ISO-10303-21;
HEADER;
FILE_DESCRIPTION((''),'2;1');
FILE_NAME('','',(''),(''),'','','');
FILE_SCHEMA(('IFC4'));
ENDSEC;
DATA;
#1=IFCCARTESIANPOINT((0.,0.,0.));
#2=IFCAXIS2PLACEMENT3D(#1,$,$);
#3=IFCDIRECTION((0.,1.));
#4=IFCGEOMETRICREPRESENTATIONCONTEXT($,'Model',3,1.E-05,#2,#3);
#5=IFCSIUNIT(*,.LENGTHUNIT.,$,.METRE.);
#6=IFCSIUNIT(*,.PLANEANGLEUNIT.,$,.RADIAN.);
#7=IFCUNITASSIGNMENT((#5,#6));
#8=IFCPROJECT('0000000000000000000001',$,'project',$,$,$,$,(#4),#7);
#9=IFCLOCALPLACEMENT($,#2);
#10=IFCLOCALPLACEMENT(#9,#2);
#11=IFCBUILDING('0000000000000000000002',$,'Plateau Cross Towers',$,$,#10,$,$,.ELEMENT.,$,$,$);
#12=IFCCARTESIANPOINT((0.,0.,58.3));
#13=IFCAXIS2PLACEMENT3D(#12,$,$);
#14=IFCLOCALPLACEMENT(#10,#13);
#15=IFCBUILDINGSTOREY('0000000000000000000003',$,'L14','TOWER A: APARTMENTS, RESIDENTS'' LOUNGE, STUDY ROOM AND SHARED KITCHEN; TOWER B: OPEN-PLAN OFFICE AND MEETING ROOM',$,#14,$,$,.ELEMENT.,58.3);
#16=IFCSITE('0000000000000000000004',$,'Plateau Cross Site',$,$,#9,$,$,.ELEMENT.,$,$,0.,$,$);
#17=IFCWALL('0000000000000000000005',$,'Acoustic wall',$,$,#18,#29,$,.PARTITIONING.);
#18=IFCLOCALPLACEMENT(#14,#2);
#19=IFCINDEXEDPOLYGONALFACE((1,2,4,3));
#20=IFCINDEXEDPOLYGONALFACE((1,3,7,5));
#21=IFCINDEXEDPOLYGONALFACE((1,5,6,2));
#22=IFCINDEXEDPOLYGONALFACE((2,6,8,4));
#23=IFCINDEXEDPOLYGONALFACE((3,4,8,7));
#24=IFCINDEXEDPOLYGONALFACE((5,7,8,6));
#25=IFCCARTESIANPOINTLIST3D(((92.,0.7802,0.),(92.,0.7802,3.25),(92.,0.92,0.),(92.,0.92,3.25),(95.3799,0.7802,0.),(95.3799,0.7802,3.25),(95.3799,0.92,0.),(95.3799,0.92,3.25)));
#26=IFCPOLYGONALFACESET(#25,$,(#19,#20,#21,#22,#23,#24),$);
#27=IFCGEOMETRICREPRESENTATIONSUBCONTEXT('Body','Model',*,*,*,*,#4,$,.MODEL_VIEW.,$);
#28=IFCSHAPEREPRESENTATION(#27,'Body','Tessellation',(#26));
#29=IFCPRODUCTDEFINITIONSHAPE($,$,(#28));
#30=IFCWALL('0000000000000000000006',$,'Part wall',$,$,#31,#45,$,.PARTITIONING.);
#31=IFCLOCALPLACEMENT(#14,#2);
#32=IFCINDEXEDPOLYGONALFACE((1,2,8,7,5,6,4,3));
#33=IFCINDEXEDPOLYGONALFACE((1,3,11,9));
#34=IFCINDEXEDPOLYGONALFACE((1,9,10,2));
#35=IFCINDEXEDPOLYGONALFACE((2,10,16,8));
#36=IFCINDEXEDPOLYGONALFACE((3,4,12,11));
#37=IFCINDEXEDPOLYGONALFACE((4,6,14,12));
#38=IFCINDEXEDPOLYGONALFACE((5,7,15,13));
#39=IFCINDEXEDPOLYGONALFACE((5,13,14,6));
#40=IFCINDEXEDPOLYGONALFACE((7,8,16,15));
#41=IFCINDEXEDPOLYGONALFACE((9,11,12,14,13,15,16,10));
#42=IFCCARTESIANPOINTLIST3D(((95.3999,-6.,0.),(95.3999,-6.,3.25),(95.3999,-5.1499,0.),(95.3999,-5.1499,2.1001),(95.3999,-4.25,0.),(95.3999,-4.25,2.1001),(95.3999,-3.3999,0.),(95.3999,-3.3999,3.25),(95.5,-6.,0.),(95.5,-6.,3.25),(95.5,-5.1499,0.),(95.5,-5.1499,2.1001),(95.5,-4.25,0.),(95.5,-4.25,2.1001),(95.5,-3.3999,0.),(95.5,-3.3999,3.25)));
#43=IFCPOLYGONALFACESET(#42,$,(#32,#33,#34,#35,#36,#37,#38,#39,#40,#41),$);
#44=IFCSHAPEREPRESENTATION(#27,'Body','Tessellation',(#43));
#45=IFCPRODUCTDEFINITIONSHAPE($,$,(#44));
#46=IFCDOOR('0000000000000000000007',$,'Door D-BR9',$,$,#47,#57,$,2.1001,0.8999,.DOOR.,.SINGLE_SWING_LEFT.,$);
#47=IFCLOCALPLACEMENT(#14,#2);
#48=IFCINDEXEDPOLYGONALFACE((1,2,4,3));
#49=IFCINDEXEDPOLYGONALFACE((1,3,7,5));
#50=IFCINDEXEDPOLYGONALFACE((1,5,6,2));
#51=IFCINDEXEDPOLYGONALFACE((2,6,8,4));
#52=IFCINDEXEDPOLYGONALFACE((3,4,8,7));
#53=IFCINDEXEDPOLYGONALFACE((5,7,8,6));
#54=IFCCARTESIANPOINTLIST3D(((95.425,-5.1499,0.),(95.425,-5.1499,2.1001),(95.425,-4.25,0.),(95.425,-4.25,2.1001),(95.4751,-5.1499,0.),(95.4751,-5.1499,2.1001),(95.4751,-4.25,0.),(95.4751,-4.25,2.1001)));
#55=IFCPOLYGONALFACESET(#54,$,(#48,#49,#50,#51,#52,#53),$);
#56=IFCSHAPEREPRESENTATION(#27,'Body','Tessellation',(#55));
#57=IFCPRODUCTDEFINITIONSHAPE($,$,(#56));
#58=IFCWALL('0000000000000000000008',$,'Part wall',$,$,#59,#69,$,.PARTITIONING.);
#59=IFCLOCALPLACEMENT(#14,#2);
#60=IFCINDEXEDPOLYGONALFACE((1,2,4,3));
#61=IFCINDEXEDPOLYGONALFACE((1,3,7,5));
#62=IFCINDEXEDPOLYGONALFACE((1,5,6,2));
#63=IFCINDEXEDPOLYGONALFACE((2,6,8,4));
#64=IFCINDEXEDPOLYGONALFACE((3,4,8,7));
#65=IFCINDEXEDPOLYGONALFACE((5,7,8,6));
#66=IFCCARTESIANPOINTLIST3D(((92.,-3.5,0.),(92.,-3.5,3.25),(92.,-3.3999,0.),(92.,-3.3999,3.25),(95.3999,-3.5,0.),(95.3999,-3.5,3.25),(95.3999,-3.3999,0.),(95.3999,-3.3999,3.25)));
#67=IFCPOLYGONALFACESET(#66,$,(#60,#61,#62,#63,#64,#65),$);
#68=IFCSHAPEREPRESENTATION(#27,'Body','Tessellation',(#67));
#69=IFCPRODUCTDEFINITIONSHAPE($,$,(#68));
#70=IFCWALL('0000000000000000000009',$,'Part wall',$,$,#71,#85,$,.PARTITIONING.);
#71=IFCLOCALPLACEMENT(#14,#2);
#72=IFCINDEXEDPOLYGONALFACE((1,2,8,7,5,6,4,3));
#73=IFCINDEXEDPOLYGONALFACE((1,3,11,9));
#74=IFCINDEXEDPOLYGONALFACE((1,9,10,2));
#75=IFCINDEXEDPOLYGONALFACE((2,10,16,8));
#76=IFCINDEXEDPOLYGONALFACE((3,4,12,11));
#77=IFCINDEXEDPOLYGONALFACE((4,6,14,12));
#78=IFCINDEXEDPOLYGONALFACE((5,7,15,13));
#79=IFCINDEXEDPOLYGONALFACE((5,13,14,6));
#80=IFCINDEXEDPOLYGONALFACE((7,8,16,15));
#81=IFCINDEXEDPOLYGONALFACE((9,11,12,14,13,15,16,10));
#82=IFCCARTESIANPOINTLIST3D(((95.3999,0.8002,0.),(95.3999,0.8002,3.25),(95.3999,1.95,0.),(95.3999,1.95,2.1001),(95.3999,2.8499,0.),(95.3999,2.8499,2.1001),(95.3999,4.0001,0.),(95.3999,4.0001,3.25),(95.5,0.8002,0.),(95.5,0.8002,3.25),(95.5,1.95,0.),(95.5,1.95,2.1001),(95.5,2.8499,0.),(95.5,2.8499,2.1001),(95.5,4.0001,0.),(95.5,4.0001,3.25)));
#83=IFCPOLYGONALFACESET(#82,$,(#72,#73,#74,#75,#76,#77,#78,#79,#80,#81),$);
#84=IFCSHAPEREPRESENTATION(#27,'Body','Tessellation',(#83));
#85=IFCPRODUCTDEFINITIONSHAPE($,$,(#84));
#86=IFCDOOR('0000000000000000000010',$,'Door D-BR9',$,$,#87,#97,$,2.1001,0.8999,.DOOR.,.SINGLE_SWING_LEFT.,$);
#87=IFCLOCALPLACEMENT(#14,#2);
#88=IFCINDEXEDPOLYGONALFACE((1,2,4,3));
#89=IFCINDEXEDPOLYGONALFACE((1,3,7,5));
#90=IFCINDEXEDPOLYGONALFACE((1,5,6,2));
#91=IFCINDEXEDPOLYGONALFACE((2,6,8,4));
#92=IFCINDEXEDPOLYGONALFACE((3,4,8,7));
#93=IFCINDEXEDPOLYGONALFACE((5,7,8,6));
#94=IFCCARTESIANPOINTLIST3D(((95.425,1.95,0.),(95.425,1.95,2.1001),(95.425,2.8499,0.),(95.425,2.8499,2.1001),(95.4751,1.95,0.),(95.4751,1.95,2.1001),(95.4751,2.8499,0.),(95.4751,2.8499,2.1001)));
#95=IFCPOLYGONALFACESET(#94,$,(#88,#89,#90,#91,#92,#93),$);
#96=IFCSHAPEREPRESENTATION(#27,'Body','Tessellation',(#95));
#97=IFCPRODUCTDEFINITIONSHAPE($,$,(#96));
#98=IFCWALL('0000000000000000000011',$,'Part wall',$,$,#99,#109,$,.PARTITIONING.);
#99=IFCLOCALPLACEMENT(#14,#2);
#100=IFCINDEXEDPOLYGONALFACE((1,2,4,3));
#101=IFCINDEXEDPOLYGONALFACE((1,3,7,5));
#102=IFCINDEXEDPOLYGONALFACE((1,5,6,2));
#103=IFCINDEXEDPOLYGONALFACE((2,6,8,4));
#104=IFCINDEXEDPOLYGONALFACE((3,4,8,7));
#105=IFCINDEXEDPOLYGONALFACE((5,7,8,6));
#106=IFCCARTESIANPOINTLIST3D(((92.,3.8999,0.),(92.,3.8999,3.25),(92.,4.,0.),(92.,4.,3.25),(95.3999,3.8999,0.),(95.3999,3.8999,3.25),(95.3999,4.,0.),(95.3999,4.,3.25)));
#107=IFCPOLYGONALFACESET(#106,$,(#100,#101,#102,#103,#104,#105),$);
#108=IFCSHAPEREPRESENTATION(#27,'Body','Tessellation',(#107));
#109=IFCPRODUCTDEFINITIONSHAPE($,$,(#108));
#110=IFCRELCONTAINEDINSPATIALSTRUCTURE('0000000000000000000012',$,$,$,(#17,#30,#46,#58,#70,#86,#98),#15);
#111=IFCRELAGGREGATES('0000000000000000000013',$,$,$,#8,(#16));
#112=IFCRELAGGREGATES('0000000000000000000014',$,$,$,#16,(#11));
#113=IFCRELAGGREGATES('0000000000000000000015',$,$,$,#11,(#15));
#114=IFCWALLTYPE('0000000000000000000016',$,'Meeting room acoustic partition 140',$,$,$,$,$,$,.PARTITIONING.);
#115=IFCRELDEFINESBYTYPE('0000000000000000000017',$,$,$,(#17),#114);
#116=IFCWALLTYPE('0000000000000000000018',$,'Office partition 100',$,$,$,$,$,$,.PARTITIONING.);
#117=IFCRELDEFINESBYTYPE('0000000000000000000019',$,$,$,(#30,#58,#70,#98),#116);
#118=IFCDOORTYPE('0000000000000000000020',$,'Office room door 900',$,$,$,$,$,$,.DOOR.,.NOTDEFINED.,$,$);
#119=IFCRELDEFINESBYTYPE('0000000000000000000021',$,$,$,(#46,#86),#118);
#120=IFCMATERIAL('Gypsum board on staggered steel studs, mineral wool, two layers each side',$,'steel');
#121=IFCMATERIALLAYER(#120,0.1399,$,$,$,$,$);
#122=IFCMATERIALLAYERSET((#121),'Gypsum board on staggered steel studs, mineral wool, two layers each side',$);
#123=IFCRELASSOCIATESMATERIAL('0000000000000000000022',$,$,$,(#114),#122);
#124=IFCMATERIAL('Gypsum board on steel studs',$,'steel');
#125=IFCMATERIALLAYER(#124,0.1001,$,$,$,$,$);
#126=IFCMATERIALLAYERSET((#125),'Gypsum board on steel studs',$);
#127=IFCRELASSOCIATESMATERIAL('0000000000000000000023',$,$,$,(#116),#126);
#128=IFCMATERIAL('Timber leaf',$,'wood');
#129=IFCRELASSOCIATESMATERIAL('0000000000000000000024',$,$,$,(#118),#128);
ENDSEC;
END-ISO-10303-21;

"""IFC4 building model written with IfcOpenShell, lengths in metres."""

from ifc_helpers import new_model, si_unit, direction, frame, frame_2d, origin, place, context, subcontext, project, spatial, rectangle, extrude, material, layer, layer_set, type_object, element, fill, save


model = new_model("IFC4")

# Units and contexts
model_context = context("Model", 3, precision=1e-05, world=origin(), true_north=direction((0.0, 1.0)))
body_context = subcontext(model_context, "Body", "Model", "MODEL_VIEW")
ifc_project = project(units=[si_unit("LENGTHUNIT", "METRE"), si_unit("PLANEANGLEUNIT", "RADIAN")], contexts=[model_context])

# Site, building, storey
site_placement = place(None, origin())
site = spatial("IfcSite", under=ifc_project, at=site_placement, Name="Plateau Cross Site", CompositionType="ELEMENT", RefElevation=0.0)
building_placement = place(site_placement, origin())
building = spatial("IfcBuilding", under=site, at=building_placement, Name="Plateau Cross Towers", CompositionType="ELEMENT")
storey_placement = place(building_placement, frame((0.0, 0.0, 58.3)))
storey = spatial("IfcBuildingStorey", under=building, at=storey_placement, Name="L14", Description="TOWER A: APARTMENTS, RESIDENTS' LOUNGE, STUDY ROOM AND SHARED KITCHEN; TOWER B: OPEN-PLAN OFFICE AND MEETING ROOM", CompositionType="ELEMENT", Elevation=58.3)

# Shared definitions
ifc_material_1 = material(Name="Gypsum board on staggered steel studs, mineral wool, two layers each side", Category="steel")
ifc_layer_1 = layer(ifc_material_1, 0.1399)
ifc_layer_set_1 = layer_set([ifc_layer_1], Name="Gypsum board on staggered steel studs, mineral wool, two layers each side")
wall_type_1 = type_object("IfcWallType", Name="Meeting room acoustic partition 140", PredefinedType="PARTITIONING", material=ifc_layer_set_1)

# Wall
wall_1_placement = place(storey_placement, frame((92.0, 0.8501, 0.0), z_axis=(0.0, 0.0, 1.0), x_axis=(1.0, 0.0, 0.0)))
element("IfcWall", 1, at=wall_1_placement, inside=storey, type_object=wall_type_1, Name="Acoustic wall", PredefinedType="PARTITIONING", context=body_context, shape_type="SweptSolid", body=[
    extrude(rectangle(XDim=3.3799, YDim=0.1399, at=frame_2d((1.6899, 0.0))), origin(), (0.0, 0.0, 1.0), 3.25),
])

# Wall, opening, door
ifc_material_2 = material(Name="Gypsum board on steel studs", Category="steel")
ifc_layer_2 = layer(ifc_material_2, 0.1001)
ifc_layer_set_2 = layer_set([ifc_layer_2], Name="Gypsum board on steel studs")
wall_type_2 = type_object("IfcWallType", Name="Office partition 100", PredefinedType="PARTITIONING", material=ifc_layer_set_2)
wall_2_placement = place(storey_placement, frame((95.45, -6.0, 0.0), z_axis=(0.0, 0.0, 1.0), x_axis=(0.0, 1.0, 0.0)))
wall_2 = element("IfcWall", 2, at=wall_2_placement, inside=storey, type_object=wall_type_2, Name="Part wall", PredefinedType="PARTITIONING", context=body_context, shape_type="SweptSolid", body=[
    extrude(rectangle(XDim=2.6001, YDim=0.1001, at=frame_2d((1.3, 0.0))), origin(), (0.0, 0.0, 1.0), 3.25),
])
opening_1_placement = place(wall_2_placement, frame((0.8501, 0.0, 0.0)))
opening_1 = element("IfcOpeningElement", 3, at=opening_1_placement, cuts=wall_2, PredefinedType="OPENING", context=body_context, shape_type="SweptSolid", body=[
    extrude(rectangle(XDim=0.8999, YDim=2.1001, at=frame_2d((0.45, 1.05))), frame((0.0, 0.0601, 0.0), z_axis=(0.0, -1.0, 0.0), x_axis=(1.0, 0.0, 0.0)), (0.0, 0.0, 1.0), 0.1201),
])
ifc_material_3 = material(Name="Timber leaf", Category="wood")
door_type_1 = type_object("IfcDoorType", Name="Office room door 900", OperationType="NOTDEFINED", PredefinedType="DOOR", material=ifc_material_3)
door_1_placement = place(opening_1_placement, origin())
door_1 = element("IfcDoor", 4, at=door_1_placement, inside=storey, type_object=door_type_1, Name="Door D-BR9", OperationType="SINGLE_SWING_LEFT", OverallHeight=2.1001, OverallWidth=0.8999, PredefinedType="DOOR", context=body_context, shape_type="SweptSolid", body=[
    extrude(rectangle(XDim=0.8999, YDim=2.1001, at=frame_2d((0.45, 1.05))), frame((0.0, 0.0249, 0.0), z_axis=(0.0, -1.0, 0.0), x_axis=(1.0, 0.0, 0.0)), (0.0, 0.0, 1.0), 0.05),
])
fill(opening_1, door_1)

# Wall
wall_3_placement = place(storey_placement, frame((92.0, -3.45, 0.0), z_axis=(0.0, 0.0, 1.0), x_axis=(1.0, 0.0, 0.0)))
element("IfcWall", 5, at=wall_3_placement, inside=storey, type_object=wall_type_2, Name="Part wall", PredefinedType="PARTITIONING", context=body_context, shape_type="SweptSolid", body=[
    extrude(rectangle(XDim=3.3999, YDim=0.1001, at=frame_2d((1.7, 0.0))), origin(), (0.0, 0.0, 1.0), 3.25),
])

# Wall, opening, door
wall_4_placement = place(storey_placement, frame((95.45, 0.8, 0.0), z_axis=(0.0, 0.0, 1.0), x_axis=(0.0, 1.0, 0.0)))
wall_4 = element("IfcWall", 6, at=wall_4_placement, inside=storey, type_object=wall_type_2, Name="Part wall", PredefinedType="PARTITIONING", context=body_context, shape_type="SweptSolid", body=[
    extrude(rectangle(XDim=3.2, YDim=0.1001, at=frame_2d((1.6001, 0.0))), origin(), (0.0, 0.0, 1.0), 3.25),
])
opening_2_placement = place(wall_4_placement, frame((1.1499, 0.0, 0.0)))
opening_2 = element("IfcOpeningElement", 7, at=opening_2_placement, cuts=wall_4, PredefinedType="OPENING", context=body_context, shape_type="SweptSolid", body=[
    extrude(rectangle(XDim=0.8999, YDim=2.1001, at=frame_2d((0.45, 1.05))), frame((0.0, 0.0601, 0.0), z_axis=(0.0, -1.0, 0.0), x_axis=(1.0, 0.0, 0.0)), (0.0, 0.0, 1.0), 0.1201),
])
door_2_placement = place(opening_2_placement, origin())
door_2 = element("IfcDoor", 8, at=door_2_placement, inside=storey, type_object=door_type_1, Name="Door D-BR9", OperationType="SINGLE_SWING_LEFT", OverallHeight=2.1001, OverallWidth=0.8999, PredefinedType="DOOR", context=body_context, shape_type="SweptSolid", body=[
    extrude(rectangle(XDim=0.8999, YDim=2.1001, at=frame_2d((0.45, 1.05))), frame((0.0, 0.0249, 0.0), z_axis=(0.0, -1.0, 0.0), x_axis=(1.0, 0.0, 0.0)), (0.0, 0.0, 1.0), 0.05),
])
fill(opening_2, door_2)

# Wall
wall_5_placement = place(storey_placement, frame((92.0, 3.95, 0.0), z_axis=(0.0, 0.0, 1.0), x_axis=(1.0, 0.0, 0.0)))
element("IfcWall", 9, at=wall_5_placement, inside=storey, type_object=wall_type_2, Name="Part wall", PredefinedType="PARTITIONING", context=body_context, shape_type="SweptSolid", body=[
    extrude(rectangle(XDim=3.3999, YDim=0.1001, at=frame_2d((1.7, 0.0))), origin(), (0.0, 0.0, 1.0), 3.25),
])

save(model, "model.ifc")
